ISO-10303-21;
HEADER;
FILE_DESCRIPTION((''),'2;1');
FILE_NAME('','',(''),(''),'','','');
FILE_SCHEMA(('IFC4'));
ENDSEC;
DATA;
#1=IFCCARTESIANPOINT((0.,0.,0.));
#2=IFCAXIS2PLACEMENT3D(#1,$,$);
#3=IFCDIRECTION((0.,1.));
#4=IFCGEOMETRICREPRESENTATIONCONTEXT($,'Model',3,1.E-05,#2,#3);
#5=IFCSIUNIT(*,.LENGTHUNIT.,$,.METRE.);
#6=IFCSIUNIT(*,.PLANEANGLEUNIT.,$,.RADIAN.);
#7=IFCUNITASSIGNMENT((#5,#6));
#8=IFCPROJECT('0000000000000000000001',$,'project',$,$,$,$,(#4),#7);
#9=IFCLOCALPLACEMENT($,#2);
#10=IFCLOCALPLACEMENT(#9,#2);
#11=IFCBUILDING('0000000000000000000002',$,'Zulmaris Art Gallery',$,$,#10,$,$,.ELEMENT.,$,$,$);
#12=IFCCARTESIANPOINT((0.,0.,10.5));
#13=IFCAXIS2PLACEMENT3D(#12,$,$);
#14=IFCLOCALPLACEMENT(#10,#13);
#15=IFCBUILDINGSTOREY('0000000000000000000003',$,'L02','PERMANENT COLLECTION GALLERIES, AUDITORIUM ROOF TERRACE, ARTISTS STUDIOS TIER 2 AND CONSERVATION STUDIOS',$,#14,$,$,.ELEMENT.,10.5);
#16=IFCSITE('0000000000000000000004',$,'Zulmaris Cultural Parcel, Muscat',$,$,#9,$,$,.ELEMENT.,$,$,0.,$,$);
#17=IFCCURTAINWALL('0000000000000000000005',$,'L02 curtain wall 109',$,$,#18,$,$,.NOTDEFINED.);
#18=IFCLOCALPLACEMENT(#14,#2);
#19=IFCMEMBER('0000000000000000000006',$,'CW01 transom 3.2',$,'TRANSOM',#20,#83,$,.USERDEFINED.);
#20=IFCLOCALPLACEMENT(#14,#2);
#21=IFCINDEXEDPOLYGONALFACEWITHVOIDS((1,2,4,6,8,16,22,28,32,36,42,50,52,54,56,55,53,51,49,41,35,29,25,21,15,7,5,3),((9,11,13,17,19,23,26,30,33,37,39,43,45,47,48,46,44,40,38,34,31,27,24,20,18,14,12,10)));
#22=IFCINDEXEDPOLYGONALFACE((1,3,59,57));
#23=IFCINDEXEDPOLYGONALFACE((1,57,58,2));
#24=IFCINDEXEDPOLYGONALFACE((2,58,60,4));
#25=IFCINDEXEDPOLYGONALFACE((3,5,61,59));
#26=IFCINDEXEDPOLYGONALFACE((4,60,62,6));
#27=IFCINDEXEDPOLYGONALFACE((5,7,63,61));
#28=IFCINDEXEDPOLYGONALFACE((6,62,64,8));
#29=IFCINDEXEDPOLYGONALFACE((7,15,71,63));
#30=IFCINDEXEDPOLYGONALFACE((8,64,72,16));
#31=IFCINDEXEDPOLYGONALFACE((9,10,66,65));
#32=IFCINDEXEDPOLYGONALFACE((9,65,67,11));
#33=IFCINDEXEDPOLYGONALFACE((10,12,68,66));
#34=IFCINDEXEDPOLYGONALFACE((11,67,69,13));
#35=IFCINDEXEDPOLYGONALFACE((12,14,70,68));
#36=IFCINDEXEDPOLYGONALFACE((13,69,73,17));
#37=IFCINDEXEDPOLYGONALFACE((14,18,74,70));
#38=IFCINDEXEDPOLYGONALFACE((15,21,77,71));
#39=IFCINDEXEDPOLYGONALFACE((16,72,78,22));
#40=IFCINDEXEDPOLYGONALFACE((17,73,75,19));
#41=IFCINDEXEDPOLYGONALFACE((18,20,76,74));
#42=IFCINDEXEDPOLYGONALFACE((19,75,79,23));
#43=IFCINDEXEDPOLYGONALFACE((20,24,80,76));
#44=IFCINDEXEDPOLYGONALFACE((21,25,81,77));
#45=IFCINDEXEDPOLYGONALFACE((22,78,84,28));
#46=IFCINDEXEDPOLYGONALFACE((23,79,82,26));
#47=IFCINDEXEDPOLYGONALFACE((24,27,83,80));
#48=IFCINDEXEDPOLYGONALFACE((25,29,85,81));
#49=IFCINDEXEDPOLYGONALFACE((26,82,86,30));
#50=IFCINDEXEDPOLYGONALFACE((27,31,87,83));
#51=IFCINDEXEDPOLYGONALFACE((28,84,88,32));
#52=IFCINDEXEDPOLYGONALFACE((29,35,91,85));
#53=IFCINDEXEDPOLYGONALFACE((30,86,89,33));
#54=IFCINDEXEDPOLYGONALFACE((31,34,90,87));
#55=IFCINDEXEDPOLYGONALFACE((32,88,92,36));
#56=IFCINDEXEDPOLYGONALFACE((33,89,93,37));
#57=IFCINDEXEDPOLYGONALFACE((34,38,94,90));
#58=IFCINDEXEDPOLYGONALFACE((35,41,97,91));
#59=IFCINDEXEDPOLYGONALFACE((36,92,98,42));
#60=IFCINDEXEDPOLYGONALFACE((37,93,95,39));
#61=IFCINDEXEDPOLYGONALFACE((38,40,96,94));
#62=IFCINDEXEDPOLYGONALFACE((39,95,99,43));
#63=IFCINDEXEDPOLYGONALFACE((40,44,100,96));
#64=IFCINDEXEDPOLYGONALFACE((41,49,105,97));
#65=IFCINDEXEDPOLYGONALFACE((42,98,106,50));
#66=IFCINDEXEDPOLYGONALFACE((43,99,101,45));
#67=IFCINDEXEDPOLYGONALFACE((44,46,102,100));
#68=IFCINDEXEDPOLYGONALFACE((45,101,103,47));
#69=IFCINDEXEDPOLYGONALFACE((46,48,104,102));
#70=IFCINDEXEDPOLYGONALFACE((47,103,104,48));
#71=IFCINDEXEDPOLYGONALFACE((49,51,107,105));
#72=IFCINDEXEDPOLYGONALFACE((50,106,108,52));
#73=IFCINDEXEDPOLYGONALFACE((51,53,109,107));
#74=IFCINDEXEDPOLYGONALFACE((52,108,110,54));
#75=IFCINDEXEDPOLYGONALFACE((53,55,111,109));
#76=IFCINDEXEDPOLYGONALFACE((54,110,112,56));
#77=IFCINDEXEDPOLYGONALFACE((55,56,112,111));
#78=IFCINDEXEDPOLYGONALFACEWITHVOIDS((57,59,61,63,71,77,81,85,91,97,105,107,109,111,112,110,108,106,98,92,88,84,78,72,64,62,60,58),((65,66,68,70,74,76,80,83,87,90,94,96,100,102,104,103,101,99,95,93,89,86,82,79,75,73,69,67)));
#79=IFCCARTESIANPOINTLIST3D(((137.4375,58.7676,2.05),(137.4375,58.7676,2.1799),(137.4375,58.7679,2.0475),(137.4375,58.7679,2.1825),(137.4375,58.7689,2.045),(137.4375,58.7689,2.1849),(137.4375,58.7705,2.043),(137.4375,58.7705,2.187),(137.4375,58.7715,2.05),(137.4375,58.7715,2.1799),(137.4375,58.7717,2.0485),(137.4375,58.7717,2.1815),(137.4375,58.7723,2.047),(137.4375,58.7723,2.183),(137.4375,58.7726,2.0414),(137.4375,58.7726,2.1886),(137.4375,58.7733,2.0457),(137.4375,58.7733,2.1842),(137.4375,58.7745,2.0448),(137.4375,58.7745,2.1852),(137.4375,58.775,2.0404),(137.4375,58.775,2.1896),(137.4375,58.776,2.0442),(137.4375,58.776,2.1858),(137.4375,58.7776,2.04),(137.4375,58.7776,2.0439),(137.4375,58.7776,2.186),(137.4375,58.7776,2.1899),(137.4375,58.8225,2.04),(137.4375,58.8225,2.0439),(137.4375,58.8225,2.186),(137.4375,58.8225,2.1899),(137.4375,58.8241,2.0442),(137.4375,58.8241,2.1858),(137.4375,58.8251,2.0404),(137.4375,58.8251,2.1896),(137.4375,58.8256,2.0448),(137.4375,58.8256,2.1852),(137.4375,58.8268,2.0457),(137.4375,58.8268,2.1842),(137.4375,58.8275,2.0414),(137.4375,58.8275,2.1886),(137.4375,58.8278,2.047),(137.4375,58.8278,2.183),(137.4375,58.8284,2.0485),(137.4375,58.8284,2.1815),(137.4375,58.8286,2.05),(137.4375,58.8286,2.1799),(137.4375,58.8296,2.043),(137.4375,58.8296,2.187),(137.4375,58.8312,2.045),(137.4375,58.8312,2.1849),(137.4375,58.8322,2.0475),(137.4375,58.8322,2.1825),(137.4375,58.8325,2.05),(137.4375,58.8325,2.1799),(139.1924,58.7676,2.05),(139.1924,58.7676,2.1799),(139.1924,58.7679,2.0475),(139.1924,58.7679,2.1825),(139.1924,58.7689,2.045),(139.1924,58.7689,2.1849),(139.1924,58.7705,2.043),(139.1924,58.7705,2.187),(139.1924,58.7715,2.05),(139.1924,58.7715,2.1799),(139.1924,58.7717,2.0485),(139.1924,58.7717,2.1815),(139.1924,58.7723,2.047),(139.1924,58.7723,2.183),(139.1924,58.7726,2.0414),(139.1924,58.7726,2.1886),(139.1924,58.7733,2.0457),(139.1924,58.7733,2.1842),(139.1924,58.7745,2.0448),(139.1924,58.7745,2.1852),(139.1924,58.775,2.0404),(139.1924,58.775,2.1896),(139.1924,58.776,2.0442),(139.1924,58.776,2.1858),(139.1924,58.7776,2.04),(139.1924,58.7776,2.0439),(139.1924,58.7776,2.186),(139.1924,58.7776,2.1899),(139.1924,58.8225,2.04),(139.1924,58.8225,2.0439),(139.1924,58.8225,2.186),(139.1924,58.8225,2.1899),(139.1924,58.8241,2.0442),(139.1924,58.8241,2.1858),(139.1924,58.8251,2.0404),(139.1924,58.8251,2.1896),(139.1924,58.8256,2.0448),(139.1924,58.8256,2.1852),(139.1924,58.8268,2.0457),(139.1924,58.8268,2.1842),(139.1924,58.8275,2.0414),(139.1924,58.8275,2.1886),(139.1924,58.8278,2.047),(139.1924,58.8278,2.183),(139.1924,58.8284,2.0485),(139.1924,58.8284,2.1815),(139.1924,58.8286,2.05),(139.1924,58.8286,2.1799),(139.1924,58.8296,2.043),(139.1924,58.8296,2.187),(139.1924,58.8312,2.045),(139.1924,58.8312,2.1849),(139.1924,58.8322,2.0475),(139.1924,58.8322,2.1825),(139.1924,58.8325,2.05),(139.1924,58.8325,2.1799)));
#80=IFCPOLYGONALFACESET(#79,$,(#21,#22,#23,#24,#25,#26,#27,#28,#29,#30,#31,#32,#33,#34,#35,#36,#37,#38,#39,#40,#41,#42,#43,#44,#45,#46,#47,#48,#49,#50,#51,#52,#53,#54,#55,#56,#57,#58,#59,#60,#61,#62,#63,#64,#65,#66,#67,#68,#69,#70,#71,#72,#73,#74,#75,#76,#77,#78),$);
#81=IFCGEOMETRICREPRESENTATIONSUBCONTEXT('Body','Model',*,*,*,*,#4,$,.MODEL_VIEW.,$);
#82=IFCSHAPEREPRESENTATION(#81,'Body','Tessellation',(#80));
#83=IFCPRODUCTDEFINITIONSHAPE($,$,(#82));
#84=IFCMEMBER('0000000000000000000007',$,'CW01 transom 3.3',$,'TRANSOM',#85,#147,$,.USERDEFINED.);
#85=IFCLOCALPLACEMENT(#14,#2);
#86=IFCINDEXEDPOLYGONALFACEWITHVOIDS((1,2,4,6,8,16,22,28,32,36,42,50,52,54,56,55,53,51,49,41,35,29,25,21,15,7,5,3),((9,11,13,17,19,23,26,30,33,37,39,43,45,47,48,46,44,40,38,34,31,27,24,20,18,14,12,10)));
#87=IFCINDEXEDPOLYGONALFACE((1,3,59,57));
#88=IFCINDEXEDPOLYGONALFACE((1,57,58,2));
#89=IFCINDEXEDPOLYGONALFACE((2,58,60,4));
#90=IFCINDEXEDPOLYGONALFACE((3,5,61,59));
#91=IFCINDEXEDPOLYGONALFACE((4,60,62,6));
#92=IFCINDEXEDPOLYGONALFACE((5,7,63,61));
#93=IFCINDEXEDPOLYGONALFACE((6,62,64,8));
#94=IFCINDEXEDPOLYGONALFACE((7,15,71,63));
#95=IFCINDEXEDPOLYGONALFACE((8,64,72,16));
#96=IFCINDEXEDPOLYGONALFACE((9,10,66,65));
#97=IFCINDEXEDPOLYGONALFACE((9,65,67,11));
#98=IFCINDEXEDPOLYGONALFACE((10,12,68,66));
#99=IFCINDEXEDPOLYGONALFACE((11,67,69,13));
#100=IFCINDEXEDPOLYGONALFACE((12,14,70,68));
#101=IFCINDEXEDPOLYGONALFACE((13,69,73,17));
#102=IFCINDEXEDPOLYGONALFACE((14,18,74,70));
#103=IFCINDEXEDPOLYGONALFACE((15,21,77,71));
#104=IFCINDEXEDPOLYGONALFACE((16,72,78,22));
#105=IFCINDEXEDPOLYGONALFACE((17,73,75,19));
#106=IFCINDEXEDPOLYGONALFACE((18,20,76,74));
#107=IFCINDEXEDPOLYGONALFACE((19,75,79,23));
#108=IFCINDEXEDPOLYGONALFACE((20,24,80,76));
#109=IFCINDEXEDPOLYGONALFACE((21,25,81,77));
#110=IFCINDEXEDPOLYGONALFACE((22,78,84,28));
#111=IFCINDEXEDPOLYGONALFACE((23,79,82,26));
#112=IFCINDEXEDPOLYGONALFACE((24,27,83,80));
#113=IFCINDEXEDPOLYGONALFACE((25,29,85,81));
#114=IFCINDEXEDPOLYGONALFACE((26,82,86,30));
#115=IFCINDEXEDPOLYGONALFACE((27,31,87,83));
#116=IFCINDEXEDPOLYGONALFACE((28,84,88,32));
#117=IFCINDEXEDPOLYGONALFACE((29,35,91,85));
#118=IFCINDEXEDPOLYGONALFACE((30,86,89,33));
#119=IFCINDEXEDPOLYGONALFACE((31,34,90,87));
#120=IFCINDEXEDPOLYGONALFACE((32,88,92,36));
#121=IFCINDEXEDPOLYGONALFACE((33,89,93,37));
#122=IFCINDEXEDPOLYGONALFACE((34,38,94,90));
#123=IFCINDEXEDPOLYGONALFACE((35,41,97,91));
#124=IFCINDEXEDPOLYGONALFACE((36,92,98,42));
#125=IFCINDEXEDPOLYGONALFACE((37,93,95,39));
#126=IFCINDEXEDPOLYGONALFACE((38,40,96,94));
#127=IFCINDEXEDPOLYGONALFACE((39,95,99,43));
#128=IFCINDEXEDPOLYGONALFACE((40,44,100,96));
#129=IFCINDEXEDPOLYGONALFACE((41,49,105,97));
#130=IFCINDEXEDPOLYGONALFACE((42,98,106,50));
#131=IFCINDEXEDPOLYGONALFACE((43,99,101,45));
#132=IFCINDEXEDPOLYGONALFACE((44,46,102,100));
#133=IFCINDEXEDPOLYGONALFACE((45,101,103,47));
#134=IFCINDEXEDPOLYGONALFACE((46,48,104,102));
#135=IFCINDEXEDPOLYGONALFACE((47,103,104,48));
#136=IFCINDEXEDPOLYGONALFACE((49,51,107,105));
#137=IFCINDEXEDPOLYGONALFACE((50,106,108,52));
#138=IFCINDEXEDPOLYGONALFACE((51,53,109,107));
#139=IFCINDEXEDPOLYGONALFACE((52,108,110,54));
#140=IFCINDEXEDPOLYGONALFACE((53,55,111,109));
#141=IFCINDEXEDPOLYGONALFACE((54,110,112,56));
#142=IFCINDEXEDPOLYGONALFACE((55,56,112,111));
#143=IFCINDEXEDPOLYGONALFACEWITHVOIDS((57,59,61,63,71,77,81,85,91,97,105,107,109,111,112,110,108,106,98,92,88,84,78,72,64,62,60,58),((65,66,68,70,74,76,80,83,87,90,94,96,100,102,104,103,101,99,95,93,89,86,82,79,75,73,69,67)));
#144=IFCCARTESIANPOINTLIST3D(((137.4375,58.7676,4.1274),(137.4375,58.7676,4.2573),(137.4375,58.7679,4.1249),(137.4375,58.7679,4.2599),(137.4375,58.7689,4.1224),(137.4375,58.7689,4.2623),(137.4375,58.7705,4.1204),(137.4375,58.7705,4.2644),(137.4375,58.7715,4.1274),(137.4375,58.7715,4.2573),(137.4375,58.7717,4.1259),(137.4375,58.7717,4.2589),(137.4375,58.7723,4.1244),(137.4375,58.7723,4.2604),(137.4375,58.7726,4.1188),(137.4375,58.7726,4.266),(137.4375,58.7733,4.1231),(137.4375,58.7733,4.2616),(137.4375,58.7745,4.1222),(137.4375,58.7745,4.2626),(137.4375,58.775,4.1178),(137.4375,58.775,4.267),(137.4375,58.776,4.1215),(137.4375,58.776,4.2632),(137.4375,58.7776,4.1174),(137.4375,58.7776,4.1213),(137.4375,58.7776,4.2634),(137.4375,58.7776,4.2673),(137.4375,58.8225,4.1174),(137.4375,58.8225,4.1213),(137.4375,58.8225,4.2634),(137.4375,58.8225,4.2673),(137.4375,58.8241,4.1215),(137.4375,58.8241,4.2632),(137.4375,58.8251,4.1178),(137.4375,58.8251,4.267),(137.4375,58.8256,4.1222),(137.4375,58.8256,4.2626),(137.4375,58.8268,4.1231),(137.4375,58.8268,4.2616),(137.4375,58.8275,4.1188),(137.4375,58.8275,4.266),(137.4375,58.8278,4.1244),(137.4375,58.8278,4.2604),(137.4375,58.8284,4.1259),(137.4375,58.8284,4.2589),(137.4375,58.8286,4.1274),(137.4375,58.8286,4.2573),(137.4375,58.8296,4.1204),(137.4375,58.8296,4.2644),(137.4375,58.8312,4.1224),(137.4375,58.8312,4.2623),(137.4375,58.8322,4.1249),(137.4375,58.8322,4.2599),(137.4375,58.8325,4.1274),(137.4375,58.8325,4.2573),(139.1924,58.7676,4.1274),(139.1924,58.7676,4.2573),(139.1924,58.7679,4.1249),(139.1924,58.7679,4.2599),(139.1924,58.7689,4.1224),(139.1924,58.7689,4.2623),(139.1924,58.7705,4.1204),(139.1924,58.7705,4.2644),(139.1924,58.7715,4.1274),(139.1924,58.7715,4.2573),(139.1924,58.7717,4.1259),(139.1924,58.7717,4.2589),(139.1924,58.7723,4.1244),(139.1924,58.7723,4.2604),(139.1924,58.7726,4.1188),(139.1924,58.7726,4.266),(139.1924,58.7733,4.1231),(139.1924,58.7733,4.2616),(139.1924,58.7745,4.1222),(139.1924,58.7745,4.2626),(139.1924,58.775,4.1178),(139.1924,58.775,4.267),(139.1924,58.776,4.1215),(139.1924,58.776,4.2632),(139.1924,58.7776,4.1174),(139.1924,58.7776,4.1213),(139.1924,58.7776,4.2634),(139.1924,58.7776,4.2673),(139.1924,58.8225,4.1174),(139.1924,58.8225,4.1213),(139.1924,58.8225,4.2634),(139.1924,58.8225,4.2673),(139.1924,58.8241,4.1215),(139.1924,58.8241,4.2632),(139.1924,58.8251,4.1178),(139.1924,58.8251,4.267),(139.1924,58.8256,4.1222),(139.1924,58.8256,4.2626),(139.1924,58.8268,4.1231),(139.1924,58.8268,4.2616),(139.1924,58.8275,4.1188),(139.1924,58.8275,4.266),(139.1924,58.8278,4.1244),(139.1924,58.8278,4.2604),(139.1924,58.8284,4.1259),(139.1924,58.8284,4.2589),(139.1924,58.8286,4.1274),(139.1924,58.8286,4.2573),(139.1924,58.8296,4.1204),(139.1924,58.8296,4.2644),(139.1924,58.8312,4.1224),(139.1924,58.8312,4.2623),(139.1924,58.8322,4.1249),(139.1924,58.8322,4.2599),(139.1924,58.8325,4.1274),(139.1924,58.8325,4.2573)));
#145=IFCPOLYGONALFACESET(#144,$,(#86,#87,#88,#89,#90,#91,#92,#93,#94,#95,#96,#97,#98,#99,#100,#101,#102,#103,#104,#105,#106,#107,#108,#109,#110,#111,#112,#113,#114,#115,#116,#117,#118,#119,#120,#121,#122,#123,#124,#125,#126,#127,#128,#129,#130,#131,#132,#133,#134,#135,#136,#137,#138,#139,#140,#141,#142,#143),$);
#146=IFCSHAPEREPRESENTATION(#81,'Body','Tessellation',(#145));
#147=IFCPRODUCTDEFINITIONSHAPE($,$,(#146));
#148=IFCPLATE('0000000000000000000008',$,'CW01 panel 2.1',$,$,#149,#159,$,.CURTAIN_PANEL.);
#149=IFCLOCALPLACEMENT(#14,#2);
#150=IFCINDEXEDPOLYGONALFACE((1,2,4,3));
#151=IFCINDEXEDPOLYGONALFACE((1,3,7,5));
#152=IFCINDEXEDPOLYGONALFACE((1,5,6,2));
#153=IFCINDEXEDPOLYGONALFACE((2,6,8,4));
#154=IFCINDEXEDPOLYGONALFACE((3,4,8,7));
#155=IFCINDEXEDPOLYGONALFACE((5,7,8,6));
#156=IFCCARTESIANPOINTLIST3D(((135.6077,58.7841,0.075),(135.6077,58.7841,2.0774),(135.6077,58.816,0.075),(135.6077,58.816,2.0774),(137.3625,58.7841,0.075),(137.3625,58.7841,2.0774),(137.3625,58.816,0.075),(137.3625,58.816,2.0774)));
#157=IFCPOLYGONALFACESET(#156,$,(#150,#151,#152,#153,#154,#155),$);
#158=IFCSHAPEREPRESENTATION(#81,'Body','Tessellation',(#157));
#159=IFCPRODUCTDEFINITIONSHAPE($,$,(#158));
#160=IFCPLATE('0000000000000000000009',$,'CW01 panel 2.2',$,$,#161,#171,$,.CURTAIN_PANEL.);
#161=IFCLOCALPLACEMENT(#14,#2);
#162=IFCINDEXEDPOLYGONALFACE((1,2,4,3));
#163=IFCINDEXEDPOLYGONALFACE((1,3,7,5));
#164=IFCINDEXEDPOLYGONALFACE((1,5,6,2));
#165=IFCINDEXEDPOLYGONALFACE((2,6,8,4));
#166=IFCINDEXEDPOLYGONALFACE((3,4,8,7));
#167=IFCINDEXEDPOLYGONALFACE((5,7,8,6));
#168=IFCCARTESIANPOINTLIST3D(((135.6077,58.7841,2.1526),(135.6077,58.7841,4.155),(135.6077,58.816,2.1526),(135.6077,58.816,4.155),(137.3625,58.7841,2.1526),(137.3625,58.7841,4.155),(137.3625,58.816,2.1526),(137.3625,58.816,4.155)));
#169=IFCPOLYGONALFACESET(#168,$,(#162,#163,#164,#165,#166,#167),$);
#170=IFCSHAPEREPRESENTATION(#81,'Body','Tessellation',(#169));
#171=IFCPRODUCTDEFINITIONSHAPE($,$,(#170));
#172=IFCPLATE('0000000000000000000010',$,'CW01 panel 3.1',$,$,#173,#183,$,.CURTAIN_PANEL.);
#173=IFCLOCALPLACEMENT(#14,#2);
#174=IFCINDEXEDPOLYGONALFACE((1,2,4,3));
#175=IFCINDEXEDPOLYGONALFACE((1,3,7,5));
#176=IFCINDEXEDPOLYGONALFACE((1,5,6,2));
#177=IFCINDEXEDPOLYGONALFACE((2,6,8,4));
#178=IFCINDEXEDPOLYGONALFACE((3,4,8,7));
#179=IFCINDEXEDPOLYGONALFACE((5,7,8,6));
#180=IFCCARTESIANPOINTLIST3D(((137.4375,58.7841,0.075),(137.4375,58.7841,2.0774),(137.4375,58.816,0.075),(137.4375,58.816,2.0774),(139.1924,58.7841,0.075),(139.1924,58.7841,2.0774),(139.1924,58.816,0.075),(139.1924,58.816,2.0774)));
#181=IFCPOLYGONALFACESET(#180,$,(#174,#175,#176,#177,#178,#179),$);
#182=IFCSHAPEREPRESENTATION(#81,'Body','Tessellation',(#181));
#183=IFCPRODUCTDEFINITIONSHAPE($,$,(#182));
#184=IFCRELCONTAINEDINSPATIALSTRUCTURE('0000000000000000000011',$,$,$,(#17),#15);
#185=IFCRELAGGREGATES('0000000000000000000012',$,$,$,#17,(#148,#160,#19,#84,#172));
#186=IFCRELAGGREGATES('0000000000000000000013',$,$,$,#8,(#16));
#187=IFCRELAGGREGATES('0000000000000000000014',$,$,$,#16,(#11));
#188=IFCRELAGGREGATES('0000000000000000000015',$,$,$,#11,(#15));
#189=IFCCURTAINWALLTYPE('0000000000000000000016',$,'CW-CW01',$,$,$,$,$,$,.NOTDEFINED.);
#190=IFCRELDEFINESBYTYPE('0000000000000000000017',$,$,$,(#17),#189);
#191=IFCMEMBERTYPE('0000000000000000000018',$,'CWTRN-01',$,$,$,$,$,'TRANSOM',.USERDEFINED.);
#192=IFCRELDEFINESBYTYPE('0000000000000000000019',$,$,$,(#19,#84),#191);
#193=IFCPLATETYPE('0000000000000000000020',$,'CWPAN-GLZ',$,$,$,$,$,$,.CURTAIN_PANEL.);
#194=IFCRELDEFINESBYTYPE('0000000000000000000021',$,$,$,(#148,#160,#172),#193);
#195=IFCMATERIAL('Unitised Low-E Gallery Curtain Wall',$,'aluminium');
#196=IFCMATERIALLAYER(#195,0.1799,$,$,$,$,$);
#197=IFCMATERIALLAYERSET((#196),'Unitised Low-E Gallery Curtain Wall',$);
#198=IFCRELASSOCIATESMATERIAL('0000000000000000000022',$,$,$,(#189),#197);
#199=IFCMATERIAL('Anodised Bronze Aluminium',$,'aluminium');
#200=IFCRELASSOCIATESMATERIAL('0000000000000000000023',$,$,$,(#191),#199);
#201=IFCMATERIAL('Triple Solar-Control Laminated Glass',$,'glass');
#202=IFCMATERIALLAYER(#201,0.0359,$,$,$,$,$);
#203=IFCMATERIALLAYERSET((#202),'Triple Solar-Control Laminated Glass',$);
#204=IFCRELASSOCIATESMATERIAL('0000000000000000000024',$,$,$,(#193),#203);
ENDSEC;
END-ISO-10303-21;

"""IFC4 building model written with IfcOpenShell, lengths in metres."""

from ifc_helpers import new_model, si_unit, direction, frame, origin, origin_2d, place, context, subcontext, project, spatial, rectangle, hollow_rectangle, extrude, material, layer, layer_set, material_profile, profile_set, type_object, element, aggregate, save


model = new_model("IFC4")

# Units and contexts
model_context = context("Model", 3, precision=1e-05, world=origin(), true_north=direction((0.0, 1.0)))
body_context = subcontext(model_context, "Body", "Model", "MODEL_VIEW")
ifc_project = project(units=[si_unit("LENGTHUNIT", "METRE"), si_unit("PLANEANGLEUNIT", "RADIAN")], contexts=[model_context])

# Site, building, storey
site_placement = place(None, origin())
site = spatial("IfcSite", under=ifc_project, at=site_placement, Name="Zulmaris Cultural Parcel, Muscat", CompositionType="ELEMENT", RefElevation=0.0)
building_placement = place(site_placement, origin())
building = spatial("IfcBuilding", under=site, at=building_placement, Name="Zulmaris Art Gallery", CompositionType="ELEMENT")
storey_placement = place(building_placement, frame((0.0, 0.0, 10.5)))
storey = spatial("IfcBuildingStorey", under=building, at=storey_placement, Name="L02", Description="PERMANENT COLLECTION GALLERIES, AUDITORIUM ROOF TERRACE, ARTISTS STUDIOS TIER 2 AND CONSERVATION STUDIOS", CompositionType="ELEMENT", Elevation=10.5)

# Curtain wall, members, plates
ifc_material_1 = material(Name="Unitised Low-E Gallery Curtain Wall", Category="aluminium")
ifc_layer_1 = layer(ifc_material_1, 0.1799)
ifc_layer_set_1 = layer_set([ifc_layer_1], Name="Unitised Low-E Gallery Curtain Wall")
curtain_wall_type = type_object("IfcCurtainWallType", Name="CW-CW01", PredefinedType="NOTDEFINED", material=ifc_layer_set_1)
curtain_wall_placement = place(storey_placement, origin())
curtain_wall = element("IfcCurtainWall", 1, at=curtain_wall_placement, inside=storey, type_object=curtain_wall_type, Name="L02 curtain wall 109", PredefinedType="NOTDEFINED")
ifc_material_2 = material(Name="Anodised Bronze Aluminium", Category="aluminium")
ifc_material_profile_1 = material_profile(ifc_material_2, hollow_rectangle(XDim=0.0649, YDim=0.1499, WallThickness=0.0039, InnerFilletRadius=0.0061, OuterFilletRadius=0.01, at=origin_2d()), Name="ALU 65x150x4")
ifc_profile_set_1 = profile_set([ifc_material_profile_1], Name="Anodised Bronze Aluminium")
member_type_1 = type_object("IfcMemberType", Name="CWTRN-01", ElementType="TRANSOM", PredefinedType="USERDEFINED", material=ifc_profile_set_1)
member_1_placement = place(storey_placement, frame((137.4375, 58.8, 2.115), z_axis=(1.0, 0.0, 0.0), x_axis=(0.0, 1.0, 0.0)))
member_1 = element("IfcMember", 2, at=member_1_placement, type_object=member_type_1, Name="CW01 transom 3.2", ObjectType="TRANSOM", PredefinedType="USERDEFINED", context=body_context, shape_type="SweptSolid", body=[
    extrude(hollow_rectangle(XDim=0.0649, YDim=0.1499, WallThickness=0.0039, InnerFilletRadius=0.0061, OuterFilletRadius=0.01, at=origin_2d()), origin(), (0.0, 0.0, 1.0), 1.7549),
])
member_2_placement = place(storey_placement, frame((137.4375, 58.8, 4.1924), z_axis=(1.0, 0.0, 0.0), x_axis=(0.0, 1.0, 0.0)))
member_2 = element("IfcMember", 3, at=member_2_placement, type_object=member_type_1, Name="CW01 transom 3.3", ObjectType="TRANSOM", PredefinedType="USERDEFINED", context=body_context, shape_type="SweptSolid", body=[
    extrude(hollow_rectangle(XDim=0.0649, YDim=0.1499, WallThickness=0.0039, InnerFilletRadius=0.0061, OuterFilletRadius=0.01, at=origin_2d()), origin(), (0.0, 0.0, 1.0), 1.7549),
])
ifc_material_3 = material(Name="Triple Solar-Control Laminated Glass", Category="glass")
ifc_layer_2 = layer(ifc_material_3, 0.0359)
ifc_layer_set_2 = layer_set([ifc_layer_2], Name="Triple Solar-Control Laminated Glass")
plate_type = type_object("IfcPlateType", Name="CWPAN-GLZ", PredefinedType="CURTAIN_PANEL", material=ifc_layer_set_2)
plate_1_placement = place(storey_placement, frame((136.4851, 58.8, 0.075), z_axis=(0.0, 0.0, 1.0), x_axis=(1.0, 0.0, 0.0)))
plate_1 = element("IfcPlate", 4, at=plate_1_placement, type_object=plate_type, Name="CW01 panel 2.1", PredefinedType="CURTAIN_PANEL", context=body_context, shape_type="SweptSolid", body=[
    extrude(rectangle(XDim=1.7549, YDim=0.032, at=origin_2d()), origin(), (0.0, 0.0, 1.0), 2.0024),
])
plate_2_placement = place(storey_placement, frame((136.4851, 58.8, 2.1526), z_axis=(0.0, 0.0, 1.0), x_axis=(1.0, 0.0, 0.0)))
plate_2 = element("IfcPlate", 5, at=plate_2_placement, type_object=plate_type, Name="CW01 panel 2.2", PredefinedType="CURTAIN_PANEL", context=body_context, shape_type="SweptSolid", body=[
    extrude(rectangle(XDim=1.7549, YDim=0.032, at=origin_2d()), origin(), (0.0, 0.0, 1.0), 2.0024),
])
plate_3_placement = place(storey_placement, frame((138.3149, 58.8, 0.075), z_axis=(0.0, 0.0, 1.0), x_axis=(1.0, 0.0, 0.0)))
plate_3 = element("IfcPlate", 6, at=plate_3_placement, type_object=plate_type, Name="CW01 panel 3.1", PredefinedType="CURTAIN_PANEL", context=body_context, shape_type="SweptSolid", body=[
    extrude(rectangle(XDim=1.7549, YDim=0.032, at=origin_2d()), origin(), (0.0, 0.0, 1.0), 2.0024),
])
aggregate(curtain_wall, [plate_1, plate_2, member_1, member_2, plate_3])

save(model, "model.ifc")
